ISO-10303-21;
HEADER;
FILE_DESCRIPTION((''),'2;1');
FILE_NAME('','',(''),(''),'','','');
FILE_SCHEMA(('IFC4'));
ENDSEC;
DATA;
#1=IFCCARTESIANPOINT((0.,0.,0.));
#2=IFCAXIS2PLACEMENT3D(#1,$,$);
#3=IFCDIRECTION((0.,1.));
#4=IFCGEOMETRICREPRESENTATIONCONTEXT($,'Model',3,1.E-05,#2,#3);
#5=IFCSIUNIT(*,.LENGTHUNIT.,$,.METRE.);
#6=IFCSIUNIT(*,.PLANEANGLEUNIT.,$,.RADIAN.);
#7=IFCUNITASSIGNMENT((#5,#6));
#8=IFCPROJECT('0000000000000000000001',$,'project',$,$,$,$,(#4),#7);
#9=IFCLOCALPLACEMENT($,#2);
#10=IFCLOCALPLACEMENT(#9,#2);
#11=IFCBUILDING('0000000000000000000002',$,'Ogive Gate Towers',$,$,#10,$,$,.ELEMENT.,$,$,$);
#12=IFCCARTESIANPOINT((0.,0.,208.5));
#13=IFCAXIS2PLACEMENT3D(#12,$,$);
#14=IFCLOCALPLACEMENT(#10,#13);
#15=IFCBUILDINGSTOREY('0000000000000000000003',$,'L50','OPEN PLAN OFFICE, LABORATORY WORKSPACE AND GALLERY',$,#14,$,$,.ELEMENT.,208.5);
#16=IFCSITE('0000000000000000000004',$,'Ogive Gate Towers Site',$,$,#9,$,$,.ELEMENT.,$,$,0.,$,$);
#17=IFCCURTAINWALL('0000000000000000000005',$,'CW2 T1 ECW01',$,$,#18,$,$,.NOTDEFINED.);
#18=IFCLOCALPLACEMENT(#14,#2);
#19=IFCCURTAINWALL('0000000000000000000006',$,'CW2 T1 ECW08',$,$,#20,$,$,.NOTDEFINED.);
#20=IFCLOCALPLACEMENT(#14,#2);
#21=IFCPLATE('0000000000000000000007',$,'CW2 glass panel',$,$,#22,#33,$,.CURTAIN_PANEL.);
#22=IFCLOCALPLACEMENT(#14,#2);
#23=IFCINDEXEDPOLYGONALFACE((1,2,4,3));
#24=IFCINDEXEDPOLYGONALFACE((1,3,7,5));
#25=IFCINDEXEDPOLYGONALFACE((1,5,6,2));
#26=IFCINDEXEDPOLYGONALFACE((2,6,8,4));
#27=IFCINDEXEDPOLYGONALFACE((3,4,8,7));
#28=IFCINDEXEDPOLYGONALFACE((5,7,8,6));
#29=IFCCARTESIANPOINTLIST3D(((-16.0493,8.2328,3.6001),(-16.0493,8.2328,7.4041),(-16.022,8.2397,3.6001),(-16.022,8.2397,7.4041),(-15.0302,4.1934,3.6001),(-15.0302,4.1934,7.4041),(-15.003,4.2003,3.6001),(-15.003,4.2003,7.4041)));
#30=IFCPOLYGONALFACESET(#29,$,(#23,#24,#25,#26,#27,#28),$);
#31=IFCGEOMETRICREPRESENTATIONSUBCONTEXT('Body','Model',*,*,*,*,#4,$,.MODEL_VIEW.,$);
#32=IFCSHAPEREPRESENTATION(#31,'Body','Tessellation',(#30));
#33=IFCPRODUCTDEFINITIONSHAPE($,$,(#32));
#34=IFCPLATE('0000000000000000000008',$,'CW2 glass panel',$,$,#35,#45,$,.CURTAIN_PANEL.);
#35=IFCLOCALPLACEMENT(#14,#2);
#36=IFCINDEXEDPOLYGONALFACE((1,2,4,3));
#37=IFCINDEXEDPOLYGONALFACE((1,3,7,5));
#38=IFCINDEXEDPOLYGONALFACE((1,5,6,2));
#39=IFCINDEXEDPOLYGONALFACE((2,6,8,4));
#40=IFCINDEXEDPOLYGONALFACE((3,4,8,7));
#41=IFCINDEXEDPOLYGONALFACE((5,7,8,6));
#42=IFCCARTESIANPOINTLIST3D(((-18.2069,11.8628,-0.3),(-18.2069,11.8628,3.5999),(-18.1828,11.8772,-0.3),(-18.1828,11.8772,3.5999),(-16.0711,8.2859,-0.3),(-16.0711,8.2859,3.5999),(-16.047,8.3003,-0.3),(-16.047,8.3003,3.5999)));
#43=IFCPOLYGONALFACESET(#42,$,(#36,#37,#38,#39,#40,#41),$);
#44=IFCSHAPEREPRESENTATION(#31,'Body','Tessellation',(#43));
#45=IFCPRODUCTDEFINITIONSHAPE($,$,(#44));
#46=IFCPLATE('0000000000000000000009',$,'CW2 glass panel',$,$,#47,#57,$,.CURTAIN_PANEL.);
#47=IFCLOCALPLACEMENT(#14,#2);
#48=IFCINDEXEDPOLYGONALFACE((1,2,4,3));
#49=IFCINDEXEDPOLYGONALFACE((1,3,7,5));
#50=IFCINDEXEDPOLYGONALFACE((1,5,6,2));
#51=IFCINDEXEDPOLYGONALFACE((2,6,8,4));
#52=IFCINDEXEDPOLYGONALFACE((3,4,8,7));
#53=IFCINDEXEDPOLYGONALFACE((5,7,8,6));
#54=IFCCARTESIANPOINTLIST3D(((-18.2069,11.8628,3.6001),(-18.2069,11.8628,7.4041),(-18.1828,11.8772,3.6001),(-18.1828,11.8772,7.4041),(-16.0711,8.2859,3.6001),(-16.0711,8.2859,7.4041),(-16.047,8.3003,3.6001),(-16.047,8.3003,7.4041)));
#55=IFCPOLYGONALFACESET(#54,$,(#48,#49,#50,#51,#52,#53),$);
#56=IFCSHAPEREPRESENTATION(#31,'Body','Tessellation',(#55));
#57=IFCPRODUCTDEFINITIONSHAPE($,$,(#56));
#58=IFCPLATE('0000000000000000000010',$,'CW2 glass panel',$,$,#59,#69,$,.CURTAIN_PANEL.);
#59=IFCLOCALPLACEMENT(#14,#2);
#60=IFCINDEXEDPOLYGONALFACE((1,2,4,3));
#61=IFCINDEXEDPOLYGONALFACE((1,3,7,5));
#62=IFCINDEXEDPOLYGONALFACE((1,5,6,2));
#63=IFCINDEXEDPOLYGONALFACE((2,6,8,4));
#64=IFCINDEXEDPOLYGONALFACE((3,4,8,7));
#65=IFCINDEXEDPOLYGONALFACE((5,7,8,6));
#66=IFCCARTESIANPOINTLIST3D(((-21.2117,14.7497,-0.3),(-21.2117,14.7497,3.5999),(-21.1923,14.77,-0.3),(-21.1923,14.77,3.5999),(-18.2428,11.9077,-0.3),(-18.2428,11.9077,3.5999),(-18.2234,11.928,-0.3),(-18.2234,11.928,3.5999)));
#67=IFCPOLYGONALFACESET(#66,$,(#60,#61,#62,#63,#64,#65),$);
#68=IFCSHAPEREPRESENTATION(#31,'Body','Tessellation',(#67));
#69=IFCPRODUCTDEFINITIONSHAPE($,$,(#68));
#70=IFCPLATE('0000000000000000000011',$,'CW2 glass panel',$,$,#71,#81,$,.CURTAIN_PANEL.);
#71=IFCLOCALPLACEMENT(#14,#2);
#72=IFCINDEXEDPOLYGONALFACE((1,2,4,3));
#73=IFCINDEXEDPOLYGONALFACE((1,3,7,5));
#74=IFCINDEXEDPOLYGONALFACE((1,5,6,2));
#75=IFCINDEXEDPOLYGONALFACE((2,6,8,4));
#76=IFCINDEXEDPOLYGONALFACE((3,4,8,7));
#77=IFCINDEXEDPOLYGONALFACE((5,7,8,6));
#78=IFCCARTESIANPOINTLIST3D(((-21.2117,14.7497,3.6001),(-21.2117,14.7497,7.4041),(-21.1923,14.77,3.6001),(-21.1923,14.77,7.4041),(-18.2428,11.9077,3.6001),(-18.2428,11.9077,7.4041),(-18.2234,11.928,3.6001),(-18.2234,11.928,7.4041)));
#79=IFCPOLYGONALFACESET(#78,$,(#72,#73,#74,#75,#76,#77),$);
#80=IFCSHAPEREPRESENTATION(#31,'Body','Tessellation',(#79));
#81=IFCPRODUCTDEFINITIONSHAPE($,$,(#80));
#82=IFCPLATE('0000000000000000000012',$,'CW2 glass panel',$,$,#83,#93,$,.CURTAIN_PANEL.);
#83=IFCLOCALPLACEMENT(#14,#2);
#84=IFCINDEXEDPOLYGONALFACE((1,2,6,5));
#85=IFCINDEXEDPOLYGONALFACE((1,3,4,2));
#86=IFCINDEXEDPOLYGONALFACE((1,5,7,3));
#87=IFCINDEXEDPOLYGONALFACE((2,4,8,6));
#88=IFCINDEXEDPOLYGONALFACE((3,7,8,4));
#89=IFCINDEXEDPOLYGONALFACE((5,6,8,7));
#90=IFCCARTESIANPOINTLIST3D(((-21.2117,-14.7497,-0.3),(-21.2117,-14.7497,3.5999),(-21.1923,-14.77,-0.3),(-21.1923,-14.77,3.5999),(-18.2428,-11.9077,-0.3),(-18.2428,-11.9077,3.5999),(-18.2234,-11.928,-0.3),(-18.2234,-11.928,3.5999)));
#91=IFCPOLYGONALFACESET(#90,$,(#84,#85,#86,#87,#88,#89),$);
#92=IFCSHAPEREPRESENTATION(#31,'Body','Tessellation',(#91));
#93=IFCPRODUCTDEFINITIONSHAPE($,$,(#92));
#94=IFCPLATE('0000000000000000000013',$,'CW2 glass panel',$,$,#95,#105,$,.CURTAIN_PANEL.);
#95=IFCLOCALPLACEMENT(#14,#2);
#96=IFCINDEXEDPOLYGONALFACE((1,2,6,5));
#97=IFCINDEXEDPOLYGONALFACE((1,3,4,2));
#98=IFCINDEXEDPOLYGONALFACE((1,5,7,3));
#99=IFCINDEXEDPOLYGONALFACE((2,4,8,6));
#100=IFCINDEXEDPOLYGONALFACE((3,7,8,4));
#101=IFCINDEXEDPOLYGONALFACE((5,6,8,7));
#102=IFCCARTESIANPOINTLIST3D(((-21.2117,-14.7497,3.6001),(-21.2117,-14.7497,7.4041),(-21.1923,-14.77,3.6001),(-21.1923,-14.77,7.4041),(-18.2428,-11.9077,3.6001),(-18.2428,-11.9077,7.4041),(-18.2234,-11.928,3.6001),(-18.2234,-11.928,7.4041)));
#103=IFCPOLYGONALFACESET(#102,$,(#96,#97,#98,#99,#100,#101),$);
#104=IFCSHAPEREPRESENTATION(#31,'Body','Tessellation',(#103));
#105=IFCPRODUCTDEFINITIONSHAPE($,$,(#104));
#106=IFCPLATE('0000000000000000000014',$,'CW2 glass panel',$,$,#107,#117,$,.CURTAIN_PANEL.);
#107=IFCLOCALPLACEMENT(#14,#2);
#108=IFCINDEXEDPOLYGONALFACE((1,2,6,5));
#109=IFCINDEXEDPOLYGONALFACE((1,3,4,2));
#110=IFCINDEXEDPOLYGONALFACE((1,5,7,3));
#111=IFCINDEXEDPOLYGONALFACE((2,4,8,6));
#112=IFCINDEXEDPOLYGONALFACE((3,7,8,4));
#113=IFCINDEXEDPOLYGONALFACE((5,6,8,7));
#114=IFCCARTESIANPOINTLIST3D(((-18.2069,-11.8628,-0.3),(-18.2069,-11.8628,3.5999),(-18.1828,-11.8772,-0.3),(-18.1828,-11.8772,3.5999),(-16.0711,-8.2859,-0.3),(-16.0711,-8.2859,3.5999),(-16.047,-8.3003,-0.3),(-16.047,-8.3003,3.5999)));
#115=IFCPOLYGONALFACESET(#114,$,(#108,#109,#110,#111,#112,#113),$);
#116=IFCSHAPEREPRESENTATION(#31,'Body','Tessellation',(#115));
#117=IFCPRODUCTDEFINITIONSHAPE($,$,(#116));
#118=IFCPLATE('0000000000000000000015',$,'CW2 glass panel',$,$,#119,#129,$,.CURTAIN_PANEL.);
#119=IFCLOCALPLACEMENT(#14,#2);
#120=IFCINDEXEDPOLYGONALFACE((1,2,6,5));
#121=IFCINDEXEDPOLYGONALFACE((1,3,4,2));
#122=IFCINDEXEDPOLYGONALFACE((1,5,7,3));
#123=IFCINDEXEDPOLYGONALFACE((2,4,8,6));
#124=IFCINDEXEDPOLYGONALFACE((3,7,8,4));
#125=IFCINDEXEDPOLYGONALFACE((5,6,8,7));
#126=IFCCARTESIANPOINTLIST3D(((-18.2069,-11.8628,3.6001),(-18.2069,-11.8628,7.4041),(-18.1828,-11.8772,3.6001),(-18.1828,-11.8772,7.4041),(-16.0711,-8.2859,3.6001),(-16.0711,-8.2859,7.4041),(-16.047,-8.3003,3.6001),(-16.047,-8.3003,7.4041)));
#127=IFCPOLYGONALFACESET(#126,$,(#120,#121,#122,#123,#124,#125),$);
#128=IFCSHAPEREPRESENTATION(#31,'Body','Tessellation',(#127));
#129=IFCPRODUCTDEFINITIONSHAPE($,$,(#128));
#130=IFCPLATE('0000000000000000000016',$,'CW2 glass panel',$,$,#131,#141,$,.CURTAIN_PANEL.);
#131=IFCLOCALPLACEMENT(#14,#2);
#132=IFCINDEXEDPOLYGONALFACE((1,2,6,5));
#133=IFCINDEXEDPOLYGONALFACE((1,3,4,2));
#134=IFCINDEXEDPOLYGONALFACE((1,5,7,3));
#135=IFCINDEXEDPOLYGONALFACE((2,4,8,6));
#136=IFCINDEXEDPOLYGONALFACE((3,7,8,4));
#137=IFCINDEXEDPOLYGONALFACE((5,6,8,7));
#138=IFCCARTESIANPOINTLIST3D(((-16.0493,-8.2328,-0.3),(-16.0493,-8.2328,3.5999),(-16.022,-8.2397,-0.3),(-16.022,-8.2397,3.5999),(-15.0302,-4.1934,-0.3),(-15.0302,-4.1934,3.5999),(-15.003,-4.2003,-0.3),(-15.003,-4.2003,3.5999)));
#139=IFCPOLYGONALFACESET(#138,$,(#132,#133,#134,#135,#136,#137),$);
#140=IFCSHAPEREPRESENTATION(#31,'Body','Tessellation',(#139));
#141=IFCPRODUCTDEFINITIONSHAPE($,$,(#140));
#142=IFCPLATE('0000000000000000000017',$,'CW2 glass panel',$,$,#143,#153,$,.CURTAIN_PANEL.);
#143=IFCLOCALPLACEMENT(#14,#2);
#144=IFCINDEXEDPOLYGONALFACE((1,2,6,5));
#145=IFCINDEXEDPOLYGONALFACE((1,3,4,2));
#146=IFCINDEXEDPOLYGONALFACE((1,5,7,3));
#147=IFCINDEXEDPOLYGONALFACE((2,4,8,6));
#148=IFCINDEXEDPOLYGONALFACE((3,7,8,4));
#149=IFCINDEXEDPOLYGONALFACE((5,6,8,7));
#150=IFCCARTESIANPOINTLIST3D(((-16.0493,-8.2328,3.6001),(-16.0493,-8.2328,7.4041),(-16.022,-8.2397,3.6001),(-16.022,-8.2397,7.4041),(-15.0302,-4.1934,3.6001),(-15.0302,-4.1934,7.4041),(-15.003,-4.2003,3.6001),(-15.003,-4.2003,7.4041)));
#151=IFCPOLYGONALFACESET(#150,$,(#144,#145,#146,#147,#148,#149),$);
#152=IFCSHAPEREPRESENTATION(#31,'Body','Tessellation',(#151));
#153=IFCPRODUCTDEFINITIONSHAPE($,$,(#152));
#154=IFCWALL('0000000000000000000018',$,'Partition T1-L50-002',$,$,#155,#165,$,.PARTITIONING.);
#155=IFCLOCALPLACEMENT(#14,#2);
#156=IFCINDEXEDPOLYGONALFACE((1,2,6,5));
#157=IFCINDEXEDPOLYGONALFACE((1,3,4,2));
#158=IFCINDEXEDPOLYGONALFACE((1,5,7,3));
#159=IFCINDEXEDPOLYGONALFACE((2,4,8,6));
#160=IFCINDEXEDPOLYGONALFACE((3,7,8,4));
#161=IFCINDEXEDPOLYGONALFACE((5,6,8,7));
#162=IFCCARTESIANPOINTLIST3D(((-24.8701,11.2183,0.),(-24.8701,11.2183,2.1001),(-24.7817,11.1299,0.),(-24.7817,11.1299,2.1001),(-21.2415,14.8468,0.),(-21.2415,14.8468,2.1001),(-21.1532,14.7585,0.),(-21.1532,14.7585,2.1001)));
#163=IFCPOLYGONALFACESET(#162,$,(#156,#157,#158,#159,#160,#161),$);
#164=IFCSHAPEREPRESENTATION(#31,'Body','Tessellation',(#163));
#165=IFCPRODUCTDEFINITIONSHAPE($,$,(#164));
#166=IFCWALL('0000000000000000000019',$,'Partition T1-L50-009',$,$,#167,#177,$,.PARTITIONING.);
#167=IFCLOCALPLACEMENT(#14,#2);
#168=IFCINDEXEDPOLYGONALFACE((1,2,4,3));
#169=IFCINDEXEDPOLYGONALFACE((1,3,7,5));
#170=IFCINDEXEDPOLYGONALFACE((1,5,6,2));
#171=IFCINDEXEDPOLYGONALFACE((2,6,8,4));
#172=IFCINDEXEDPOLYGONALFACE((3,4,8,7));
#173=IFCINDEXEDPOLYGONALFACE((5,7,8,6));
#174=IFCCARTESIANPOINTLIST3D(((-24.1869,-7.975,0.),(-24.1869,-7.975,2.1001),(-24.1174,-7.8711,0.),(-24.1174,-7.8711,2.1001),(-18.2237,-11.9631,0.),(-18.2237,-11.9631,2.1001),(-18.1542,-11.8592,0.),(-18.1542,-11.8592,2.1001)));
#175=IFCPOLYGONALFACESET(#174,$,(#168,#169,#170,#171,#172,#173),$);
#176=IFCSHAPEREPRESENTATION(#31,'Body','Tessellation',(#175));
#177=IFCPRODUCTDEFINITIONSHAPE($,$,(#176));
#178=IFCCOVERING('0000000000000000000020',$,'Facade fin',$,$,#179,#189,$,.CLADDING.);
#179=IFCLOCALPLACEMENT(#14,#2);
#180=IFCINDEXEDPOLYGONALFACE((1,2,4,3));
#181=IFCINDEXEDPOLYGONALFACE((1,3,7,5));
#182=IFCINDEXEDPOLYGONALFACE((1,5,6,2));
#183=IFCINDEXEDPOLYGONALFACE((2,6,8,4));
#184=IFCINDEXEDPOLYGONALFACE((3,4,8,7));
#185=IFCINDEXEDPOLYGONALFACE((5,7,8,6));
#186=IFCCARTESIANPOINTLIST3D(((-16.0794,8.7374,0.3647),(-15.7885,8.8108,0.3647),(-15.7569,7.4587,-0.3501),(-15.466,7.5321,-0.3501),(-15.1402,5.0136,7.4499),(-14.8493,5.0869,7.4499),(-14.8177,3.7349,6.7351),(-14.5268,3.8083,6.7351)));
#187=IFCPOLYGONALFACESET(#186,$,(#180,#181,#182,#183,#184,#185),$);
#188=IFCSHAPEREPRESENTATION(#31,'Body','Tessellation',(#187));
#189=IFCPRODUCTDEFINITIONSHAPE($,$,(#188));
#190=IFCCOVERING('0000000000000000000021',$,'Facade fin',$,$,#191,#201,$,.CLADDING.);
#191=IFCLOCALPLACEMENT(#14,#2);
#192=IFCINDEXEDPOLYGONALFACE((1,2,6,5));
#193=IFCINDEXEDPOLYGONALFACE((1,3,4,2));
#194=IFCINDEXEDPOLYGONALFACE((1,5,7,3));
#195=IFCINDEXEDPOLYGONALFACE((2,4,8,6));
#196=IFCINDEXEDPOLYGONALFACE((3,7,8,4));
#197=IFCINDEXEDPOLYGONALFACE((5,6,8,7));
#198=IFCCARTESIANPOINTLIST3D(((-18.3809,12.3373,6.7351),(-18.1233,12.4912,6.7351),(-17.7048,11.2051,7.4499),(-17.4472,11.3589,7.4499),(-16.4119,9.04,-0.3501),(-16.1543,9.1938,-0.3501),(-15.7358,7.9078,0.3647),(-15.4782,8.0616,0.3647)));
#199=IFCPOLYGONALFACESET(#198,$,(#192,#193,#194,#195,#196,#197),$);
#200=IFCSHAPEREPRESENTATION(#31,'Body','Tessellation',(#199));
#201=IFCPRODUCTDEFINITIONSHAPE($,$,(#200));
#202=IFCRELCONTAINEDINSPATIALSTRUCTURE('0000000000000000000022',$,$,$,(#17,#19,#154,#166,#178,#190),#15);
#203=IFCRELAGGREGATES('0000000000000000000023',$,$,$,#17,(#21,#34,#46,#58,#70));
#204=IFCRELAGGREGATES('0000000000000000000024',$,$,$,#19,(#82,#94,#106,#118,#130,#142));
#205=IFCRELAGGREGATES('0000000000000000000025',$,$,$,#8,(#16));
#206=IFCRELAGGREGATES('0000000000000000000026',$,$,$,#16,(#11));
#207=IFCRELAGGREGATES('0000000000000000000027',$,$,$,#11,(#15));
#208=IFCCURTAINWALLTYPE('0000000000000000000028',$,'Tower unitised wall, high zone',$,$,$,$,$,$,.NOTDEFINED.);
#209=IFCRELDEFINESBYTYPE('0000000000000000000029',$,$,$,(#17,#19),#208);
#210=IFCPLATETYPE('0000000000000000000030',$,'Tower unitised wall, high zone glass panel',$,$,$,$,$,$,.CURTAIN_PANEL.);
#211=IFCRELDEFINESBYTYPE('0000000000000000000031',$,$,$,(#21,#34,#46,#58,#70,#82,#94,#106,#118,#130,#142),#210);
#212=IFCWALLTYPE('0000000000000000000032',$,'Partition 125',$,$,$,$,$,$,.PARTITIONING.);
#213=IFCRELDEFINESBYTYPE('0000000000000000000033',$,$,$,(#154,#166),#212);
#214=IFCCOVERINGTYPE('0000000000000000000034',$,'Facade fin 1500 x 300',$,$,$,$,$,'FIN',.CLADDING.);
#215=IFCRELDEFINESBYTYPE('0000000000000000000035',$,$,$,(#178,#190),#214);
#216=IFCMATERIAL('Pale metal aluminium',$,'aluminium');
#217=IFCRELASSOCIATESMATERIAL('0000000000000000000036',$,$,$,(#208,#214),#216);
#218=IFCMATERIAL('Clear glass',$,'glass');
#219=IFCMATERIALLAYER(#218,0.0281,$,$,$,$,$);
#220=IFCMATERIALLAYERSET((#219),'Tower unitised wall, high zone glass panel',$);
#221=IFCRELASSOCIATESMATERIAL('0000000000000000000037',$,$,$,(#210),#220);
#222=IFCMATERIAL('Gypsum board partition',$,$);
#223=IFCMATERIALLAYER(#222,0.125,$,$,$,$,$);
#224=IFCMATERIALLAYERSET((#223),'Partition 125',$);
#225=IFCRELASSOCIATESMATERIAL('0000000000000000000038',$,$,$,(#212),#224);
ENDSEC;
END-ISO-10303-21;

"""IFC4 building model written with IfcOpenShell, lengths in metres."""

from ifc_helpers import new_model, si_unit, direction, frame, frame_2d, origin, origin_2d, place, context, subcontext, project, spatial, rectangle, extrude, material, layer, layer_set, material_profile, profile_set, type_object, element, aggregate, save


model = new_model("IFC4")

# Units and contexts
model_context = context("Model", 3, precision=1e-05, world=origin(), true_north=direction((0.0, 1.0)))
body_context = subcontext(model_context, "Body", "Model", "MODEL_VIEW")
ifc_project = project(units=[si_unit("LENGTHUNIT", "METRE"), si_unit("PLANEANGLEUNIT", "RADIAN")], contexts=[model_context])

# Site, building, storey
site_placement = place(None, origin())
site = spatial("IfcSite", under=ifc_project, at=site_placement, Name="Ogive Gate Towers Site", CompositionType="ELEMENT", RefElevation=0.0)
building_placement = place(site_placement, origin())
building = spatial("IfcBuilding", under=site, at=building_placement, Name="Ogive Gate Towers", CompositionType="ELEMENT")
storey_placement = place(building_placement, frame((0.0, 0.0, 208.5)))
storey = spatial("IfcBuildingStorey", under=building, at=storey_placement, Name="L50", Description="OPEN PLAN OFFICE, LABORATORY WORKSPACE AND GALLERY", CompositionType="ELEMENT", Elevation=208.5)

# Curtain walls
ifc_material_1 = material(Name="Pale metal aluminium", Category="aluminium")
curtain_wall_type = type_object("IfcCurtainWallType", Name="Tower unitised wall, high zone", PredefinedType="NOTDEFINED", material=ifc_material_1)
curtain_wall_1_placement = place(storey_placement, origin())
curtain_wall_1 = element("IfcCurtainWall", 1, at=curtain_wall_1_placement, inside=storey, type_object=curtain_wall_type, Name="CW2 T1 ECW01", PredefinedType="NOTDEFINED")
curtain_wall_2_placement = place(storey_placement, origin())
curtain_wall_2 = element("IfcCurtainWall", 2, at=curtain_wall_2_placement, inside=storey, type_object=curtain_wall_type, Name="CW2 T1 ECW08", PredefinedType="NOTDEFINED")

# Plates
ifc_material_2 = material(Name="Clear glass", Category="glass")
ifc_layer_1 = layer(ifc_material_2, 0.0281)
ifc_layer_set_1 = layer_set([ifc_layer_1], Name="Tower unitised wall, high zone glass panel")
plate_type = type_object("IfcPlateType", Name="Tower unitised wall, high zone glass panel", PredefinedType="CURTAIN_PANEL", material=ifc_layer_set_1)
plate_1_placement = place(storey_placement, frame((-15.5261, 6.2166, 3.6001), z_axis=(0.0, 0.0, 1.0), x_axis=(-0.244614, 0.969621, 0.0)))
plate_1 = element("IfcPlate", 3, at=plate_1_placement, type_object=plate_type, Name="CW2 glass panel", PredefinedType="CURTAIN_PANEL", context=body_context, shape_type="SweptSolid", body=[
    extrude(rectangle(XDim=4.166, YDim=0.0281, at=origin_2d()), origin(), (0.0, 0.0, 1.0), 3.804),
])
plate_2_placement = place(storey_placement, frame((-17.127, 10.0815, -0.3), z_axis=(0.0, 0.0, 1.0), x_axis=(-0.512672, 0.858584, 0.0)))
plate_2 = element("IfcPlate", 4, at=plate_2_placement, type_object=plate_type, Name="CW2 glass panel", PredefinedType="CURTAIN_PANEL", context=body_context, shape_type="SweptSolid", body=[
    extrude(rectangle(XDim=4.166, YDim=0.0281, at=origin_2d()), origin(), (0.0, 0.0, 1.0), 3.8999),
])
plate_3_placement = place(storey_placement, frame((-17.127, 10.0815, 3.6001), z_axis=(0.0, 0.0, 1.0), x_axis=(-0.512672, 0.858584, 0.0)))
plate_3 = element("IfcPlate", 5, at=plate_3_placement, type_object=plate_type, Name="CW2 glass panel", PredefinedType="CURTAIN_PANEL", context=body_context, shape_type="SweptSolid", body=[
    extrude(rectangle(XDim=4.166, YDim=0.0281, at=origin_2d()), origin(), (0.0, 0.0, 1.0), 3.804),
])
plate_4_placement = place(storey_placement, frame((-19.7175, 13.3389, -0.3), z_axis=(0.0, 0.0, 1.0), x_axis=(-0.722376, 0.6915, 0.0)))
plate_4 = element("IfcPlate", 6, at=plate_4_placement, type_object=plate_type, Name="CW2 glass panel", PredefinedType="CURTAIN_PANEL", context=body_context, shape_type="SweptSolid", body=[
    extrude(rectangle(XDim=4.1099, YDim=0.0281, at=origin_2d()), origin(), (0.0, 0.0, 1.0), 3.8999),
])
plate_5_placement = place(storey_placement, frame((-19.7175, 13.3389, 3.6001), z_axis=(0.0, 0.0, 1.0), x_axis=(-0.722376, 0.6915, 0.0)))
plate_5 = element("IfcPlate", 7, at=plate_5_placement, type_object=plate_type, Name="CW2 glass panel", PredefinedType="CURTAIN_PANEL", context=body_context, shape_type="SweptSolid", body=[
    extrude(rectangle(XDim=4.1099, YDim=0.0281, at=origin_2d()), origin(), (0.0, 0.0, 1.0), 3.804),
])
aggregate(curtain_wall_1, [plate_1, plate_2, plate_3, plate_4, plate_5])
plate_6_placement = place(storey_placement, frame((-19.7175, -13.3389, -0.3), z_axis=(0.0, 0.0, 1.0), x_axis=(0.722376, 0.6915, 0.0)))
plate_6 = element("IfcPlate", 8, at=plate_6_placement, type_object=plate_type, Name="CW2 glass panel", PredefinedType="CURTAIN_PANEL", context=body_context, shape_type="SweptSolid", body=[
    extrude(rectangle(XDim=4.1099, YDim=0.0281, at=origin_2d()), origin(), (0.0, 0.0, 1.0), 3.8999),
])
plate_7_placement = place(storey_placement, frame((-19.7175, -13.3389, 3.6001), z_axis=(0.0, 0.0, 1.0), x_axis=(0.722376, 0.6915, 0.0)))
plate_7 = element("IfcPlate", 9, at=plate_7_placement, type_object=plate_type, Name="CW2 glass panel", PredefinedType="CURTAIN_PANEL", context=body_context, shape_type="SweptSolid", body=[
    extrude(rectangle(XDim=4.1099, YDim=0.0281, at=origin_2d()), origin(), (0.0, 0.0, 1.0), 3.804),
])
plate_8_placement = place(storey_placement, frame((-17.127, -10.0815, -0.3), z_axis=(0.0, 0.0, 1.0), x_axis=(0.512672, 0.858584, 0.0)))
plate_8 = element("IfcPlate", 10, at=plate_8_placement, type_object=plate_type, Name="CW2 glass panel", PredefinedType="CURTAIN_PANEL", context=body_context, shape_type="SweptSolid", body=[
    extrude(rectangle(XDim=4.166, YDim=0.0281, at=origin_2d()), origin(), (0.0, 0.0, 1.0), 3.8999),
])
plate_9_placement = place(storey_placement, frame((-17.127, -10.0815, 3.6001), z_axis=(0.0, 0.0, 1.0), x_axis=(0.512672, 0.858584, 0.0)))
plate_9 = element("IfcPlate", 11, at=plate_9_placement, type_object=plate_type, Name="CW2 glass panel", PredefinedType="CURTAIN_PANEL", context=body_context, shape_type="SweptSolid", body=[
    extrude(rectangle(XDim=4.166, YDim=0.0281, at=origin_2d()), origin(), (0.0, 0.0, 1.0), 3.804),
])
plate_10_placement = place(storey_placement, frame((-15.5261, -6.2166, -0.3), z_axis=(0.0, 0.0, 1.0), x_axis=(0.244614, 0.969621, 0.0)))
plate_10 = element("IfcPlate", 12, at=plate_10_placement, type_object=plate_type, Name="CW2 glass panel", PredefinedType="CURTAIN_PANEL", context=body_context, shape_type="SweptSolid", body=[
    extrude(rectangle(XDim=4.166, YDim=0.0281, at=origin_2d()), origin(), (0.0, 0.0, 1.0), 3.8999),
])
plate_11_placement = place(storey_placement, frame((-15.5261, -6.2166, 3.6001), z_axis=(0.0, 0.0, 1.0), x_axis=(0.244614, 0.969621, 0.0)))
plate_11 = element("IfcPlate", 13, at=plate_11_placement, type_object=plate_type, Name="CW2 glass panel", PredefinedType="CURTAIN_PANEL", context=body_context, shape_type="SweptSolid", body=[
    extrude(rectangle(XDim=4.166, YDim=0.0281, at=origin_2d()), origin(), (0.0, 0.0, 1.0), 3.804),
])
aggregate(curtain_wall_2, [plate_6, plate_7, plate_8, plate_9, plate_10, plate_11])

# Walls
ifc_material_3 = material(Name="Gypsum board partition")
ifc_layer_2 = layer(ifc_material_3, 0.125)
ifc_layer_set_2 = layer_set([ifc_layer_2], Name="Partition 125")
wall_type = type_object("IfcWallType", Name="Partition 125", PredefinedType="PARTITIONING", material=ifc_layer_set_2)
wall_1_placement = place(storey_placement, frame((-21.1973, 14.8027, 0.0), z_axis=(0.0, 0.0, 1.0), x_axis=(-0.707107, -0.707107, 0.0)))
element("IfcWall", 14, at=wall_1_placement, inside=storey, type_object=wall_type, Name="Partition T1-L50-002", PredefinedType="PARTITIONING", context=body_context, shape_type="SweptSolid", body=[
    extrude(rectangle(XDim=5.1316, YDim=0.125, at=frame_2d((2.5659, 0.0))), origin(), (0.0, 0.0, 1.0), 2.1001),
])
wall_2_placement = place(storey_placement, frame((-18.189, -11.9111, 0.0), z_axis=(0.0, 0.0, 1.0), x_axis=(-0.831238, 0.555917, 0.0)))
element("IfcWall", 15, at=wall_2_placement, inside=storey, type_object=wall_type, Name="Partition T1-L50-009", PredefinedType="PARTITIONING", context=body_context, shape_type="SweptSolid", body=[
    extrude(rectangle(XDim=7.1738, YDim=0.125, at=frame_2d((3.5869, 0.0))), origin(), (0.0, 0.0, 1.0), 2.1001),
])

# Coverings
ifc_material_profile_1 = material_profile(ifc_material_1, rectangle(XDim=0.3, YDim=1.5, at=origin_2d()), Name="1500 x 300 pale metal aluminium")
ifc_profile_set_1 = profile_set([ifc_material_profile_1], Name="Pale metal aluminium")
covering_type = type_object("IfcCoveringType", Name="Facade fin 1500 x 300", ElementType="FIN", PredefinedType="CLADDING", material=ifc_profile_set_1)
for number, where, z_axis, x_axis, name in (
    (16, (-15.7727, 8.1348, 0.0073), (0.11654, -0.46207, 0.879153), (0.969636, 0.244554, 0.0), "Facade fin"),
    (17, (-15.9451, 8.5508, 0.0073), (-0.244318, 0.409146, 0.879152), (-0.858574, -0.51269, 0.0), "Facade fin"),
):
    element("IfcCovering", number, at=place(storey_placement, frame(where, z_axis=z_axis, x_axis=x_axis)), inside=storey, type_object=covering_type, Name=name, PredefinedType="CLADDING", context=body_context, shape_type="SweptSolid", body=[
        extrude(rectangle(XDim=0.3, YDim=1.5, at=origin_2d()), origin(), (0.0, 0.0, 1.0), 8.0591),
    ])

save(model, "model.ifc")
